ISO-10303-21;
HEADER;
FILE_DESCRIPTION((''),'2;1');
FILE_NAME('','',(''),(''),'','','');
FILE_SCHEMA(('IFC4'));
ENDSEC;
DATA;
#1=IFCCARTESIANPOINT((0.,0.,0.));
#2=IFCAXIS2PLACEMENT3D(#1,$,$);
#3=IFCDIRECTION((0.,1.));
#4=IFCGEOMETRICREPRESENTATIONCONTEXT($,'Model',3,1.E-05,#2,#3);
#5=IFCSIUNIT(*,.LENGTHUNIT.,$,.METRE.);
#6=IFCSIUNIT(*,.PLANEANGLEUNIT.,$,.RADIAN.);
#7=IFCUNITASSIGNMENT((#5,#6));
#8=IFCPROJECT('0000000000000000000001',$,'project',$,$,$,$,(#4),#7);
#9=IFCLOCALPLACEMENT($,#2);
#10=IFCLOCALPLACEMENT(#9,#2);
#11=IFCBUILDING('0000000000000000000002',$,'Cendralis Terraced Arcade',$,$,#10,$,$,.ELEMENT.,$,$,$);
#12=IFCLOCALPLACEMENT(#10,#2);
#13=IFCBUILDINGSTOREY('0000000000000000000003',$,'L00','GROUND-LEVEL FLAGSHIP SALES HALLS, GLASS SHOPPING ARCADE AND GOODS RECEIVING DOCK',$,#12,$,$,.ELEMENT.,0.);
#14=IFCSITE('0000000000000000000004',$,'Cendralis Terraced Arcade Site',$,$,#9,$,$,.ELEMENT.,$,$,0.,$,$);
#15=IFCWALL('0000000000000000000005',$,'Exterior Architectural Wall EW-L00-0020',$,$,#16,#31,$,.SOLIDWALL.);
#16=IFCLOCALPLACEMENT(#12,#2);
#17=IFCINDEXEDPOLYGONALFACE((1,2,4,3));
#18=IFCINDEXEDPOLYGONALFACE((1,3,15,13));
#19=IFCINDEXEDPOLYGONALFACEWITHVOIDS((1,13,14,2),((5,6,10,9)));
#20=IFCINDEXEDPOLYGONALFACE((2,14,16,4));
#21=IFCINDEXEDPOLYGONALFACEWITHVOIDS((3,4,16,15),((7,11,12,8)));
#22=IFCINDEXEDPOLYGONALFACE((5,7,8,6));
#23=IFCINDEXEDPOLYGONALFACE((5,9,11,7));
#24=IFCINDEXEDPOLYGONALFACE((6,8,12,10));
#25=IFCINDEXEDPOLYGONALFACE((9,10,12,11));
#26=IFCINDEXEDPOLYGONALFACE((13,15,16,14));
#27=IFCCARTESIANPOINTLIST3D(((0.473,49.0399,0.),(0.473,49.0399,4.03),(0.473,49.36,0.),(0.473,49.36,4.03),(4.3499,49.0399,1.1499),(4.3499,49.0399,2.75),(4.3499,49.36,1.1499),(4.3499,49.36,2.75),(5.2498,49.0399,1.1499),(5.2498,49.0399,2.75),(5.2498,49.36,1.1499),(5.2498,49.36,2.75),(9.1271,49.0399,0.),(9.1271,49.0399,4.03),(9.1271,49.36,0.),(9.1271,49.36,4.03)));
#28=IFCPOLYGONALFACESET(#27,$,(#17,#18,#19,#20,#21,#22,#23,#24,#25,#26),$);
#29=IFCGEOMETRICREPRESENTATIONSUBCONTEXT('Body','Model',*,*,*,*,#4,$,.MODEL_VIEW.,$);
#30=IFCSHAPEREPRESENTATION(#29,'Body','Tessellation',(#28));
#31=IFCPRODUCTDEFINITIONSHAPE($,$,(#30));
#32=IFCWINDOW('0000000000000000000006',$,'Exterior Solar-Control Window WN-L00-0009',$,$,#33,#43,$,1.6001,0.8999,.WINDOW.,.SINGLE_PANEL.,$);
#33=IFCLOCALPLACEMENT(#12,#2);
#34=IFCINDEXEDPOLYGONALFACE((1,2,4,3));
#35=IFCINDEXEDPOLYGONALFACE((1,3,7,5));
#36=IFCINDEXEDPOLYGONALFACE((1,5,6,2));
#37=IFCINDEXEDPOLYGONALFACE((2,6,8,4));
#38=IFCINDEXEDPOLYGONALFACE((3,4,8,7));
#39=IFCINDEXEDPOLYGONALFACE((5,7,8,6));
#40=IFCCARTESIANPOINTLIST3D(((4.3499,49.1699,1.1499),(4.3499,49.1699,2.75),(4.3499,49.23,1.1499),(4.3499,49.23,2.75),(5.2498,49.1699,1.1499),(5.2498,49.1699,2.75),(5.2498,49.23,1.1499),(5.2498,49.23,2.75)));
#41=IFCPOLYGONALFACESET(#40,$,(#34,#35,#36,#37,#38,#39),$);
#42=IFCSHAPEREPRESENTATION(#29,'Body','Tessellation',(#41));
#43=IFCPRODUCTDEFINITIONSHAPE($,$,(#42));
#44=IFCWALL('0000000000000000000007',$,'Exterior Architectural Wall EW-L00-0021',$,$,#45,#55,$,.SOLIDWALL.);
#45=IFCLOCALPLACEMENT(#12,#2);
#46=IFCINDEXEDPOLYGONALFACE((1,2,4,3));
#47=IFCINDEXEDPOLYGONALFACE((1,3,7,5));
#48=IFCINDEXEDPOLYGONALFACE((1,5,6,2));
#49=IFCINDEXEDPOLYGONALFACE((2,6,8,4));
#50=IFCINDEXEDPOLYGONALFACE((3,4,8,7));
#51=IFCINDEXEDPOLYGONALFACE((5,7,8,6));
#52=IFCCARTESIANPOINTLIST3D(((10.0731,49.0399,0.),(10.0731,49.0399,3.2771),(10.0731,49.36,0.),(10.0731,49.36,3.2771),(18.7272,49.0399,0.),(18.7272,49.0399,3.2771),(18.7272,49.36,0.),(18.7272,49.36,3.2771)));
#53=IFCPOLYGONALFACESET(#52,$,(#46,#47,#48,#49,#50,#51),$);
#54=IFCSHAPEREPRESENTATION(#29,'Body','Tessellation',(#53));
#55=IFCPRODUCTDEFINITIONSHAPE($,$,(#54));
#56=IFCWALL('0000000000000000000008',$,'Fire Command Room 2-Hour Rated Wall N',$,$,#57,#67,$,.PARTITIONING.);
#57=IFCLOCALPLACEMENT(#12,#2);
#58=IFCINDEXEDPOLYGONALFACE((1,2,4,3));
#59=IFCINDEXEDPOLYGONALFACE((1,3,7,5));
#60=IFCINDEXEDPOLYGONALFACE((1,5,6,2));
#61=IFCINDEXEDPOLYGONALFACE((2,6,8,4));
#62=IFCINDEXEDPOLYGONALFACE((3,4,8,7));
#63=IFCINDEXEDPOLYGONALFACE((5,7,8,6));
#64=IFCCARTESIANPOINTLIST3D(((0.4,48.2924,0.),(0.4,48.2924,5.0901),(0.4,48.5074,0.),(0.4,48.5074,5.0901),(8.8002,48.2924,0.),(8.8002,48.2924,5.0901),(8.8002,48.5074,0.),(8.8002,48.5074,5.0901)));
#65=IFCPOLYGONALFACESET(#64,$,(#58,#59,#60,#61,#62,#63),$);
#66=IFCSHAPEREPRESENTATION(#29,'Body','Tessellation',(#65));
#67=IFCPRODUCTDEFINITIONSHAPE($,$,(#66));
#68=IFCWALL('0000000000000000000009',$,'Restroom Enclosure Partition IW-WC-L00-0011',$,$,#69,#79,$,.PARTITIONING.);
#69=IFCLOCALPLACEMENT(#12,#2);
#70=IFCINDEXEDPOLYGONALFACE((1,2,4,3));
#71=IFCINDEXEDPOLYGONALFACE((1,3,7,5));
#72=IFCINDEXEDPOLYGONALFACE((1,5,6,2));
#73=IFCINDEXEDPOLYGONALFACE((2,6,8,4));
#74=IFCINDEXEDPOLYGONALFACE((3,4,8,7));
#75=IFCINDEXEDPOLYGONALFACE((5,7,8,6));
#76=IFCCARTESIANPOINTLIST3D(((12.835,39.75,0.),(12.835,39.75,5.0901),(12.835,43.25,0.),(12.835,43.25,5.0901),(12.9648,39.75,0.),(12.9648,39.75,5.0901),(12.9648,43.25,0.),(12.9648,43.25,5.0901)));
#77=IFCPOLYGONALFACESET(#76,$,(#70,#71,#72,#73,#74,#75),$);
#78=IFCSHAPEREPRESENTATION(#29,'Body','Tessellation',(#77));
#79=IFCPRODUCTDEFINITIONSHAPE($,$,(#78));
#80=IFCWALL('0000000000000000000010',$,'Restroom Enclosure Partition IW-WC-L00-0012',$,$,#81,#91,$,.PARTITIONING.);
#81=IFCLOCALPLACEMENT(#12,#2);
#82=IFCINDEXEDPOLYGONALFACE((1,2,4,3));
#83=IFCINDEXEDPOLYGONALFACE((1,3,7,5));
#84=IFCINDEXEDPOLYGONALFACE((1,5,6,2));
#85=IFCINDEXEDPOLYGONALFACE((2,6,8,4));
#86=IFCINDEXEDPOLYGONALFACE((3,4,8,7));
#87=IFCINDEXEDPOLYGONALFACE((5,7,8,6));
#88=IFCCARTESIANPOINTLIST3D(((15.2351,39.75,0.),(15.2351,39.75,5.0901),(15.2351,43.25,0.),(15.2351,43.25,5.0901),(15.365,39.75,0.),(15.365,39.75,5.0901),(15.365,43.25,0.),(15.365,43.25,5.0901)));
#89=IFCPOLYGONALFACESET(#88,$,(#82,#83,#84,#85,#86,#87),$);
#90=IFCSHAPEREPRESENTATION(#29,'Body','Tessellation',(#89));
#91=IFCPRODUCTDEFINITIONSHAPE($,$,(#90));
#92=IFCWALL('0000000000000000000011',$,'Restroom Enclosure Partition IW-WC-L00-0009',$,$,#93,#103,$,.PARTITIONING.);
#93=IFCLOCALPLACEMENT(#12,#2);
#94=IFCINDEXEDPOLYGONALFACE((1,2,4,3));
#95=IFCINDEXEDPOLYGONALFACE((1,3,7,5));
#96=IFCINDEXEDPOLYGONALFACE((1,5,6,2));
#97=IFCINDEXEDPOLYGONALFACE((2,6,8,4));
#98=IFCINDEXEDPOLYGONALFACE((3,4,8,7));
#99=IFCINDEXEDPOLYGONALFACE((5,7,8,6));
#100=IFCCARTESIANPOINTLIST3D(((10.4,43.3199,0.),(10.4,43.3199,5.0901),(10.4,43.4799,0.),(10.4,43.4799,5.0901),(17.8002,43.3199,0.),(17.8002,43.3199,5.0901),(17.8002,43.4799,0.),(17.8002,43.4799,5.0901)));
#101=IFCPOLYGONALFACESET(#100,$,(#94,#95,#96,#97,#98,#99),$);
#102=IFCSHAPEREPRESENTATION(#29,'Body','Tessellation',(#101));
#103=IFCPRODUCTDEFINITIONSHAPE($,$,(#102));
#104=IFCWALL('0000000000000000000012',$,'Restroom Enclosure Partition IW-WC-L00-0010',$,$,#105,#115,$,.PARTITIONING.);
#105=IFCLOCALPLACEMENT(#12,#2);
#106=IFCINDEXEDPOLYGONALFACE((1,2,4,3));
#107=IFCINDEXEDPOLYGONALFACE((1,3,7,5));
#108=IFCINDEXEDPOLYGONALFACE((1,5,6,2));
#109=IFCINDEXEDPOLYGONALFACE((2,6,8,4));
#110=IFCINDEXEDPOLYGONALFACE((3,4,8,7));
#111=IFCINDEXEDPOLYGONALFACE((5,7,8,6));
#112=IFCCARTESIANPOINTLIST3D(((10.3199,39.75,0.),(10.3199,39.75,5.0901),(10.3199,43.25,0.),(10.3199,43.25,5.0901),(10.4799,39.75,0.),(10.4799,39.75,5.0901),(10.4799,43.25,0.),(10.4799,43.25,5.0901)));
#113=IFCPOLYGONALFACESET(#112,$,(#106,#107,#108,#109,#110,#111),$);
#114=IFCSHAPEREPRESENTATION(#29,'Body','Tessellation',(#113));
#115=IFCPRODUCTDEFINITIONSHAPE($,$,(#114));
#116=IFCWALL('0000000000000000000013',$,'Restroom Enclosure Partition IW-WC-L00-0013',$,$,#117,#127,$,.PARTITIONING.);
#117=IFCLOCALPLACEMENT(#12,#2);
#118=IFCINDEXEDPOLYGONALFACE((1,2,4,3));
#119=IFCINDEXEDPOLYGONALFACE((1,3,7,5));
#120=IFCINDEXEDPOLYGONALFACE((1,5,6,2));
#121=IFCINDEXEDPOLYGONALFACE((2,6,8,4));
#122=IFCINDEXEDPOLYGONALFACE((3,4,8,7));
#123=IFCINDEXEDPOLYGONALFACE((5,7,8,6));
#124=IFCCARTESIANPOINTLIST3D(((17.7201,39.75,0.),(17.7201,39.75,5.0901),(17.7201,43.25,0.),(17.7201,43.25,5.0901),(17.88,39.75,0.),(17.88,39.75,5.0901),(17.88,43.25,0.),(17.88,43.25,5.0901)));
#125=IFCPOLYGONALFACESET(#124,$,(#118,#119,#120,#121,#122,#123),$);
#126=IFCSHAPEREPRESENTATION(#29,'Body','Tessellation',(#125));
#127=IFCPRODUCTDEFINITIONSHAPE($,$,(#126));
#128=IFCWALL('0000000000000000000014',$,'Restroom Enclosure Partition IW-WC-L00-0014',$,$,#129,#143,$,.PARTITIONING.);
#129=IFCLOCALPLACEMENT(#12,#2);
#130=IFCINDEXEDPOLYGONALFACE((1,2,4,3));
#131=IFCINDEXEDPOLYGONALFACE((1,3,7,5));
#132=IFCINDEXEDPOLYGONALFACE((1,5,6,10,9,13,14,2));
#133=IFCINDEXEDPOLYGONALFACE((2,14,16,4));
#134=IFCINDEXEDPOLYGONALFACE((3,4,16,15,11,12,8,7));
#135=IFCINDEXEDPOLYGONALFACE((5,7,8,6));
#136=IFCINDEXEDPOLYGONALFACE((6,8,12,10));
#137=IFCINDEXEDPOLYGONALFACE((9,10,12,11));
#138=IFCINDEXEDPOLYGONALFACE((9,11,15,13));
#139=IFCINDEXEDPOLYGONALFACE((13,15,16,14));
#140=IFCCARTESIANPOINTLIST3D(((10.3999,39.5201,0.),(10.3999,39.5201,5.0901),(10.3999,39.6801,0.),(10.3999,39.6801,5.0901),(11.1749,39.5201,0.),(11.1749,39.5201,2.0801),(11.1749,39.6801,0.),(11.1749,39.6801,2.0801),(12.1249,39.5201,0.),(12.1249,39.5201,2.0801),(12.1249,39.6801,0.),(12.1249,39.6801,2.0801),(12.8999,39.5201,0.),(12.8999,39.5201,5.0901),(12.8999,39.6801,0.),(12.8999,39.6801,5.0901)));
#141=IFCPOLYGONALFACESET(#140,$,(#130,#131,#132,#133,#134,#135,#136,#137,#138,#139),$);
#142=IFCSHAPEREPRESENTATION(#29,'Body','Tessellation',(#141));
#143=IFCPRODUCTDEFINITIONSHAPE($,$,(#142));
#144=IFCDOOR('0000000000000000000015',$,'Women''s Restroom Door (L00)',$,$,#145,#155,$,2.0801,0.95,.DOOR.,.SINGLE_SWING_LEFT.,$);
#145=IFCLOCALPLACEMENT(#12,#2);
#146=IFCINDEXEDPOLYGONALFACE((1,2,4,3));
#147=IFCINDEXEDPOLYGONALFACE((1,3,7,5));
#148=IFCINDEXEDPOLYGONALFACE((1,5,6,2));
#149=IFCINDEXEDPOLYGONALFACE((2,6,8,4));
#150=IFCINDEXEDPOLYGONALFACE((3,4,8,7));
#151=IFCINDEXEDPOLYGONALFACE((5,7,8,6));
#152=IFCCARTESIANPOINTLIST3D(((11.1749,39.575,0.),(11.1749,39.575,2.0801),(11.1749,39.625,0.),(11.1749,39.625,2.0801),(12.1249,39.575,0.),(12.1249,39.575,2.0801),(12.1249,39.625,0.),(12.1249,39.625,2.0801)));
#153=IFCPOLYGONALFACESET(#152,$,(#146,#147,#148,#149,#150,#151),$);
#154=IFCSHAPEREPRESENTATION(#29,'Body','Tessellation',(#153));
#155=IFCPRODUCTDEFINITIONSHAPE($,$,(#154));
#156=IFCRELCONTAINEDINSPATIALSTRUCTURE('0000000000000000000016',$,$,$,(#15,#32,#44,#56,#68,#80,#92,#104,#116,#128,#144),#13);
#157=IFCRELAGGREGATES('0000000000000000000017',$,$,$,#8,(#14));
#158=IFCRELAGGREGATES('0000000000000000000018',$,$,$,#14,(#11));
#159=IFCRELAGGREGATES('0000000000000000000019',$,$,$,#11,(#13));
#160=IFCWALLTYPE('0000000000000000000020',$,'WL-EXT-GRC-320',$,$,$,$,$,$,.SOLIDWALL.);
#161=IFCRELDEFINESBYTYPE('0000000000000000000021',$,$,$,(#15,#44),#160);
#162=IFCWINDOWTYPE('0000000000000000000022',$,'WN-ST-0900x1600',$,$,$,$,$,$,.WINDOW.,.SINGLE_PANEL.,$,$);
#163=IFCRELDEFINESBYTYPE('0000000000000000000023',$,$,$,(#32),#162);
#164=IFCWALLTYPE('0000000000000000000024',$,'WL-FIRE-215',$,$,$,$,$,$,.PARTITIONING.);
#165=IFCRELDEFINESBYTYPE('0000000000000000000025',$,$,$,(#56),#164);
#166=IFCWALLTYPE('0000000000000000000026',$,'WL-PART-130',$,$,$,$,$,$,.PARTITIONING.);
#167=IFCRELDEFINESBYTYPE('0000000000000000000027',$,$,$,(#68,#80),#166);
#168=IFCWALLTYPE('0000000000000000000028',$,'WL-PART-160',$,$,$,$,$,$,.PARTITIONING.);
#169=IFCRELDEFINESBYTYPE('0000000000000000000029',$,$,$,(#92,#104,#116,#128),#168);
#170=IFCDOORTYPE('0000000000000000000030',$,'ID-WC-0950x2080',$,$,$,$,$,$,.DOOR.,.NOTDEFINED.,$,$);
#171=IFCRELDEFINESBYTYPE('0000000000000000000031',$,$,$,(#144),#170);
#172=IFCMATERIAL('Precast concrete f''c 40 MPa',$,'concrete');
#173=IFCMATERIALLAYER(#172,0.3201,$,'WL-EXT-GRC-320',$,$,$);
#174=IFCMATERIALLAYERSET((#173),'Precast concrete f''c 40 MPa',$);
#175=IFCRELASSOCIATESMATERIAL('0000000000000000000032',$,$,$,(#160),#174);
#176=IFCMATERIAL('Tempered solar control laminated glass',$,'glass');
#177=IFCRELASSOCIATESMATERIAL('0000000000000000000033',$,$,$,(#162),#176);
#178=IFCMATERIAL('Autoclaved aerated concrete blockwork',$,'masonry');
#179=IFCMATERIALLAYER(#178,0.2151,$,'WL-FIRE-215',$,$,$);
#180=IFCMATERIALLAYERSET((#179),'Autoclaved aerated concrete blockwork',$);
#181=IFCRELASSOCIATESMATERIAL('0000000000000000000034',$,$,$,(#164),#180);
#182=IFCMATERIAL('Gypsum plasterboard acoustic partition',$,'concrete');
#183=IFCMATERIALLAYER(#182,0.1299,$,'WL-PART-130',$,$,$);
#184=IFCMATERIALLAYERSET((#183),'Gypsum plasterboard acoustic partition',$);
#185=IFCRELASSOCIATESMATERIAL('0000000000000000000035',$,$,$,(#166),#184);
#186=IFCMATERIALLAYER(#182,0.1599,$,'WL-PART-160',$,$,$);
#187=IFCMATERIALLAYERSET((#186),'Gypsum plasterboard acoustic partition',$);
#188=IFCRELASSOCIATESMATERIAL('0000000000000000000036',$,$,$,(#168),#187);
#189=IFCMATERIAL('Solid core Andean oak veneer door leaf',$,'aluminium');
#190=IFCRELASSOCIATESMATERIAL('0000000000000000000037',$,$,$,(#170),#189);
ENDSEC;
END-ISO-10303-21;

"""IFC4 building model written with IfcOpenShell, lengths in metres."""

from ifc_helpers import new_model, si_unit, direction, frame, frame_2d, origin, place, context, subcontext, project, spatial, rectangle, extrude, material, layer, layer_set, type_object, element, fill, save


model = new_model("IFC4")

# Units and contexts
model_context = context("Model", 3, precision=1e-05, world=origin(), true_north=direction((0.0, 1.0)))
body_context = subcontext(model_context, "Body", "Model", "MODEL_VIEW")
ifc_project = project(units=[si_unit("LENGTHUNIT", "METRE"), si_unit("PLANEANGLEUNIT", "RADIAN")], contexts=[model_context])

# Site, building, storey
site_placement = place(None, origin())
site = spatial("IfcSite", under=ifc_project, at=site_placement, Name="Cendralis Terraced Arcade Site", CompositionType="ELEMENT", RefElevation=0.0)
building_placement = place(site_placement, origin())
building = spatial("IfcBuilding", under=site, at=building_placement, Name="Cendralis Terraced Arcade", CompositionType="ELEMENT")
storey_placement = place(building_placement, origin())
storey = spatial("IfcBuildingStorey", under=building, at=storey_placement, Name="L00", Description="GROUND-LEVEL FLAGSHIP SALES HALLS, GLASS SHOPPING ARCADE AND GOODS RECEIVING DOCK", CompositionType="ELEMENT", Elevation=0.0)

# Shared definitions
ifc_material_1 = material(Name="Precast concrete f'c 40 MPa", Category="concrete")
ifc_layer_1 = layer(ifc_material_1, 0.3201, Name="WL-EXT-GRC-320")
ifc_layer_set_1 = layer_set([ifc_layer_1], Name="Precast concrete f'c 40 MPa")
wall_type_1 = type_object("IfcWallType", Name="WL-EXT-GRC-320", PredefinedType="SOLIDWALL", material=ifc_layer_set_1)

# Wall, opening, window
wall_1_placement = place(storey_placement, frame((0.4729, 49.2, 0.0), z_axis=(0.0, 0.0, 1.0), x_axis=(1.0, 0.0, 0.0)))
wall_1 = element("IfcWall", 1, at=wall_1_placement, inside=storey, type_object=wall_type_1, Name="Exterior Architectural Wall EW-L00-0020", PredefinedType="SOLIDWALL", context=body_context, shape_type="SweptSolid", body=[
    extrude(rectangle(XDim=8.6541, YDim=0.3201, at=frame_2d((4.3271, 0.0))), origin(), (0.0, 0.0, 1.0), 4.03),
])
opening_1_placement = place(wall_1_placement, frame((3.877, 0.0, 1.1499)))
opening_1 = element("IfcOpeningElement", 2, at=opening_1_placement, cuts=wall_1, PredefinedType="OPENING", context=body_context, shape_type="SweptSolid", body=[
    extrude(rectangle(XDim=0.8999, YDim=1.6001, at=frame_2d((0.45, 0.8))), frame((0.0, 0.1719, 0.0), z_axis=(0.0, -1.0, 0.0), x_axis=(1.0, 0.0, 0.0)), (0.0, 0.0, 1.0), 0.344),
])
ifc_material_2 = material(Name="Tempered solar control laminated glass", Category="glass")
window_type = type_object("IfcWindowType", Name="WN-ST-0900x1600", PartitioningType="SINGLE_PANEL", PredefinedType="WINDOW", material=ifc_material_2)
window_placement = place(opening_1_placement, origin())
window = element("IfcWindow", 3, at=window_placement, inside=storey, type_object=window_type, Name="Exterior Solar-Control Window WN-L00-0009", OverallHeight=1.6001, OverallWidth=0.8999, PartitioningType="SINGLE_PANEL", PredefinedType="WINDOW", context=body_context, shape_type="SweptSolid", body=[
    extrude(rectangle(XDim=0.8999, YDim=1.6001, at=frame_2d((0.45, 0.8))), frame((0.0, 0.03, 0.0), z_axis=(0.0, -1.0, 0.0), x_axis=(1.0, 0.0, 0.0)), (0.0, 0.0, 1.0), 0.0601),
])
fill(opening_1, window)

# Walls
wall_2_placement = place(storey_placement, frame((10.073, 49.2, 0.0), z_axis=(0.0, 0.0, 1.0), x_axis=(1.0, 0.0, 0.0)))
element("IfcWall", 4, at=wall_2_placement, inside=storey, type_object=wall_type_1, Name="Exterior Architectural Wall EW-L00-0021", PredefinedType="SOLIDWALL", context=body_context, shape_type="SweptSolid", body=[
    extrude(rectangle(XDim=8.6541, YDim=0.3201, at=frame_2d((4.3271, 0.0))), origin(), (0.0, 0.0, 1.0), 3.2771),
])
ifc_material_3 = material(Name="Autoclaved aerated concrete blockwork", Category="masonry")
ifc_layer_2 = layer(ifc_material_3, 0.2151, Name="WL-FIRE-215")
ifc_layer_set_2 = layer_set([ifc_layer_2], Name="Autoclaved aerated concrete blockwork")
wall_type_2 = type_object("IfcWallType", Name="WL-FIRE-215", PredefinedType="PARTITIONING", material=ifc_layer_set_2)
wall_3_placement = place(storey_placement, frame((0.3999, 48.3999, 0.0), z_axis=(0.0, 0.0, 1.0), x_axis=(1.0, 0.0, 0.0)))
element("IfcWall", 5, at=wall_3_placement, inside=storey, type_object=wall_type_2, Name="Fire Command Room 2-Hour Rated Wall N", PredefinedType="PARTITIONING", context=body_context, shape_type="SweptSolid", body=[
    extrude(rectangle(XDim=8.4001, YDim=0.2151, at=frame_2d((4.2002, 0.0))), origin(), (0.0, 0.0, 1.0), 5.0901),
])
ifc_material_4 = material(Name="Gypsum plasterboard acoustic partition", Category="concrete")
ifc_layer_3 = layer(ifc_material_4, 0.1299, Name="WL-PART-130")
ifc_layer_set_3 = layer_set([ifc_layer_3], Name="Gypsum plasterboard acoustic partition")
wall_type_3 = type_object("IfcWallType", Name="WL-PART-130", PredefinedType="PARTITIONING", material=ifc_layer_set_3)
for number, where, z_axis, x_axis, name in (
    (6, (12.8999, 39.75, 0.0), (0.0, 0.0, 1.0), (0.0, 1.0, 0.0), "Restroom Enclosure Partition IW-WC-L00-0011"),
    (7, (15.3, 39.75, 0.0), (0.0, 0.0, 1.0), (0.0, 1.0, 0.0), "Restroom Enclosure Partition IW-WC-L00-0012"),
):
    element("IfcWall", number, at=place(storey_placement, frame(where, z_axis=z_axis, x_axis=x_axis)), inside=storey, type_object=wall_type_3, Name=name, PredefinedType="PARTITIONING", context=body_context, shape_type="SweptSolid", body=[
        extrude(rectangle(XDim=3.5, YDim=0.1299, at=frame_2d((1.75, 0.0))), origin(), (0.0, 0.0, 1.0), 5.0901),
    ])
ifc_layer_4 = layer(ifc_material_4, 0.1599, Name="WL-PART-160")
ifc_layer_set_4 = layer_set([ifc_layer_4], Name="Gypsum plasterboard acoustic partition")
wall_type_4 = type_object("IfcWallType", Name="WL-PART-160", PredefinedType="PARTITIONING", material=ifc_layer_set_4)
wall_4_placement = place(storey_placement, frame((10.3999, 43.3999, 0.0), z_axis=(0.0, 0.0, 1.0), x_axis=(1.0, 0.0, 0.0)))
element("IfcWall", 8, at=wall_4_placement, inside=storey, type_object=wall_type_4, Name="Restroom Enclosure Partition IW-WC-L00-0009", PredefinedType="PARTITIONING", context=body_context, shape_type="SweptSolid", body=[
    extrude(rectangle(XDim=7.4001, YDim=0.1599, at=frame_2d((3.7002, 0.0))), origin(), (0.0, 0.0, 1.0), 5.0901),
])
for number, where, z_axis, x_axis, name in (
    (9, (10.3999, 39.75, 0.0), (0.0, 0.0, 1.0), (0.0, 1.0, 0.0), "Restroom Enclosure Partition IW-WC-L00-0010"),
    (10, (17.8, 39.75, 0.0), (0.0, 0.0, 1.0), (0.0, 1.0, 0.0), "Restroom Enclosure Partition IW-WC-L00-0013"),
):
    element("IfcWall", number, at=place(storey_placement, frame(where, z_axis=z_axis, x_axis=x_axis)), inside=storey, type_object=wall_type_4, Name=name, PredefinedType="PARTITIONING", context=body_context, shape_type="SweptSolid", body=[
        extrude(rectangle(XDim=3.5, YDim=0.1599, at=frame_2d((1.75, 0.0))), origin(), (0.0, 0.0, 1.0), 5.0901),
    ])

# Wall, opening, door
wall_5_placement = place(storey_placement, frame((10.3999, 39.6001, 0.0), z_axis=(0.0, 0.0, 1.0), x_axis=(1.0, 0.0, 0.0)))
wall_5 = element("IfcWall", 11, at=wall_5_placement, inside=storey, type_object=wall_type_4, Name="Restroom Enclosure Partition IW-WC-L00-0014", PredefinedType="PARTITIONING", context=body_context, shape_type="SweptSolid", body=[
    extrude(rectangle(XDim=2.5, YDim=0.1599, at=frame_2d((1.25, 0.0))), origin(), (0.0, 0.0, 1.0), 5.0901),
])
opening_2_placement = place(wall_5_placement, frame((0.7749, 0.0, 0.0)))
opening_2 = element("IfcOpeningElement", 12, at=opening_2_placement, cuts=wall_5, PredefinedType="OPENING", context=body_context, shape_type="SweptSolid", body=[
    extrude(rectangle(XDim=0.95, YDim=2.0801, at=frame_2d((0.4751, 1.04))), frame((0.0, 0.0918, 0.0), z_axis=(0.0, -1.0, 0.0), x_axis=(1.0, 0.0, 0.0)), (0.0, 0.0, 1.0), 0.1838),
])
ifc_material_5 = material(Name="Solid core Andean oak veneer door leaf", Category="aluminium")
door_type_1 = type_object("IfcDoorType", Name="ID-WC-0950x2080", OperationType="NOTDEFINED", PredefinedType="DOOR", material=ifc_material_5)
door_1_placement = place(opening_2_placement, origin())
door_1 = element("IfcDoor", 13, at=door_1_placement, inside=storey, type_object=door_type_1, Name="Women's Restroom Door (L00)", OperationType="SINGLE_SWING_LEFT", OverallHeight=2.0801, OverallWidth=0.95, PredefinedType="DOOR", context=body_context, shape_type="SweptSolid", body=[
    extrude(rectangle(XDim=0.95, YDim=2.0801, at=frame_2d((0.4751, 1.04))), frame((0.0, 0.0249, 0.0), z_axis=(0.0, -1.0, 0.0), x_axis=(1.0, 0.0, 0.0)), (0.0, 0.0, 1.0), 0.05),
])
fill(opening_2, door_1)

save(model, "model.ifc")
